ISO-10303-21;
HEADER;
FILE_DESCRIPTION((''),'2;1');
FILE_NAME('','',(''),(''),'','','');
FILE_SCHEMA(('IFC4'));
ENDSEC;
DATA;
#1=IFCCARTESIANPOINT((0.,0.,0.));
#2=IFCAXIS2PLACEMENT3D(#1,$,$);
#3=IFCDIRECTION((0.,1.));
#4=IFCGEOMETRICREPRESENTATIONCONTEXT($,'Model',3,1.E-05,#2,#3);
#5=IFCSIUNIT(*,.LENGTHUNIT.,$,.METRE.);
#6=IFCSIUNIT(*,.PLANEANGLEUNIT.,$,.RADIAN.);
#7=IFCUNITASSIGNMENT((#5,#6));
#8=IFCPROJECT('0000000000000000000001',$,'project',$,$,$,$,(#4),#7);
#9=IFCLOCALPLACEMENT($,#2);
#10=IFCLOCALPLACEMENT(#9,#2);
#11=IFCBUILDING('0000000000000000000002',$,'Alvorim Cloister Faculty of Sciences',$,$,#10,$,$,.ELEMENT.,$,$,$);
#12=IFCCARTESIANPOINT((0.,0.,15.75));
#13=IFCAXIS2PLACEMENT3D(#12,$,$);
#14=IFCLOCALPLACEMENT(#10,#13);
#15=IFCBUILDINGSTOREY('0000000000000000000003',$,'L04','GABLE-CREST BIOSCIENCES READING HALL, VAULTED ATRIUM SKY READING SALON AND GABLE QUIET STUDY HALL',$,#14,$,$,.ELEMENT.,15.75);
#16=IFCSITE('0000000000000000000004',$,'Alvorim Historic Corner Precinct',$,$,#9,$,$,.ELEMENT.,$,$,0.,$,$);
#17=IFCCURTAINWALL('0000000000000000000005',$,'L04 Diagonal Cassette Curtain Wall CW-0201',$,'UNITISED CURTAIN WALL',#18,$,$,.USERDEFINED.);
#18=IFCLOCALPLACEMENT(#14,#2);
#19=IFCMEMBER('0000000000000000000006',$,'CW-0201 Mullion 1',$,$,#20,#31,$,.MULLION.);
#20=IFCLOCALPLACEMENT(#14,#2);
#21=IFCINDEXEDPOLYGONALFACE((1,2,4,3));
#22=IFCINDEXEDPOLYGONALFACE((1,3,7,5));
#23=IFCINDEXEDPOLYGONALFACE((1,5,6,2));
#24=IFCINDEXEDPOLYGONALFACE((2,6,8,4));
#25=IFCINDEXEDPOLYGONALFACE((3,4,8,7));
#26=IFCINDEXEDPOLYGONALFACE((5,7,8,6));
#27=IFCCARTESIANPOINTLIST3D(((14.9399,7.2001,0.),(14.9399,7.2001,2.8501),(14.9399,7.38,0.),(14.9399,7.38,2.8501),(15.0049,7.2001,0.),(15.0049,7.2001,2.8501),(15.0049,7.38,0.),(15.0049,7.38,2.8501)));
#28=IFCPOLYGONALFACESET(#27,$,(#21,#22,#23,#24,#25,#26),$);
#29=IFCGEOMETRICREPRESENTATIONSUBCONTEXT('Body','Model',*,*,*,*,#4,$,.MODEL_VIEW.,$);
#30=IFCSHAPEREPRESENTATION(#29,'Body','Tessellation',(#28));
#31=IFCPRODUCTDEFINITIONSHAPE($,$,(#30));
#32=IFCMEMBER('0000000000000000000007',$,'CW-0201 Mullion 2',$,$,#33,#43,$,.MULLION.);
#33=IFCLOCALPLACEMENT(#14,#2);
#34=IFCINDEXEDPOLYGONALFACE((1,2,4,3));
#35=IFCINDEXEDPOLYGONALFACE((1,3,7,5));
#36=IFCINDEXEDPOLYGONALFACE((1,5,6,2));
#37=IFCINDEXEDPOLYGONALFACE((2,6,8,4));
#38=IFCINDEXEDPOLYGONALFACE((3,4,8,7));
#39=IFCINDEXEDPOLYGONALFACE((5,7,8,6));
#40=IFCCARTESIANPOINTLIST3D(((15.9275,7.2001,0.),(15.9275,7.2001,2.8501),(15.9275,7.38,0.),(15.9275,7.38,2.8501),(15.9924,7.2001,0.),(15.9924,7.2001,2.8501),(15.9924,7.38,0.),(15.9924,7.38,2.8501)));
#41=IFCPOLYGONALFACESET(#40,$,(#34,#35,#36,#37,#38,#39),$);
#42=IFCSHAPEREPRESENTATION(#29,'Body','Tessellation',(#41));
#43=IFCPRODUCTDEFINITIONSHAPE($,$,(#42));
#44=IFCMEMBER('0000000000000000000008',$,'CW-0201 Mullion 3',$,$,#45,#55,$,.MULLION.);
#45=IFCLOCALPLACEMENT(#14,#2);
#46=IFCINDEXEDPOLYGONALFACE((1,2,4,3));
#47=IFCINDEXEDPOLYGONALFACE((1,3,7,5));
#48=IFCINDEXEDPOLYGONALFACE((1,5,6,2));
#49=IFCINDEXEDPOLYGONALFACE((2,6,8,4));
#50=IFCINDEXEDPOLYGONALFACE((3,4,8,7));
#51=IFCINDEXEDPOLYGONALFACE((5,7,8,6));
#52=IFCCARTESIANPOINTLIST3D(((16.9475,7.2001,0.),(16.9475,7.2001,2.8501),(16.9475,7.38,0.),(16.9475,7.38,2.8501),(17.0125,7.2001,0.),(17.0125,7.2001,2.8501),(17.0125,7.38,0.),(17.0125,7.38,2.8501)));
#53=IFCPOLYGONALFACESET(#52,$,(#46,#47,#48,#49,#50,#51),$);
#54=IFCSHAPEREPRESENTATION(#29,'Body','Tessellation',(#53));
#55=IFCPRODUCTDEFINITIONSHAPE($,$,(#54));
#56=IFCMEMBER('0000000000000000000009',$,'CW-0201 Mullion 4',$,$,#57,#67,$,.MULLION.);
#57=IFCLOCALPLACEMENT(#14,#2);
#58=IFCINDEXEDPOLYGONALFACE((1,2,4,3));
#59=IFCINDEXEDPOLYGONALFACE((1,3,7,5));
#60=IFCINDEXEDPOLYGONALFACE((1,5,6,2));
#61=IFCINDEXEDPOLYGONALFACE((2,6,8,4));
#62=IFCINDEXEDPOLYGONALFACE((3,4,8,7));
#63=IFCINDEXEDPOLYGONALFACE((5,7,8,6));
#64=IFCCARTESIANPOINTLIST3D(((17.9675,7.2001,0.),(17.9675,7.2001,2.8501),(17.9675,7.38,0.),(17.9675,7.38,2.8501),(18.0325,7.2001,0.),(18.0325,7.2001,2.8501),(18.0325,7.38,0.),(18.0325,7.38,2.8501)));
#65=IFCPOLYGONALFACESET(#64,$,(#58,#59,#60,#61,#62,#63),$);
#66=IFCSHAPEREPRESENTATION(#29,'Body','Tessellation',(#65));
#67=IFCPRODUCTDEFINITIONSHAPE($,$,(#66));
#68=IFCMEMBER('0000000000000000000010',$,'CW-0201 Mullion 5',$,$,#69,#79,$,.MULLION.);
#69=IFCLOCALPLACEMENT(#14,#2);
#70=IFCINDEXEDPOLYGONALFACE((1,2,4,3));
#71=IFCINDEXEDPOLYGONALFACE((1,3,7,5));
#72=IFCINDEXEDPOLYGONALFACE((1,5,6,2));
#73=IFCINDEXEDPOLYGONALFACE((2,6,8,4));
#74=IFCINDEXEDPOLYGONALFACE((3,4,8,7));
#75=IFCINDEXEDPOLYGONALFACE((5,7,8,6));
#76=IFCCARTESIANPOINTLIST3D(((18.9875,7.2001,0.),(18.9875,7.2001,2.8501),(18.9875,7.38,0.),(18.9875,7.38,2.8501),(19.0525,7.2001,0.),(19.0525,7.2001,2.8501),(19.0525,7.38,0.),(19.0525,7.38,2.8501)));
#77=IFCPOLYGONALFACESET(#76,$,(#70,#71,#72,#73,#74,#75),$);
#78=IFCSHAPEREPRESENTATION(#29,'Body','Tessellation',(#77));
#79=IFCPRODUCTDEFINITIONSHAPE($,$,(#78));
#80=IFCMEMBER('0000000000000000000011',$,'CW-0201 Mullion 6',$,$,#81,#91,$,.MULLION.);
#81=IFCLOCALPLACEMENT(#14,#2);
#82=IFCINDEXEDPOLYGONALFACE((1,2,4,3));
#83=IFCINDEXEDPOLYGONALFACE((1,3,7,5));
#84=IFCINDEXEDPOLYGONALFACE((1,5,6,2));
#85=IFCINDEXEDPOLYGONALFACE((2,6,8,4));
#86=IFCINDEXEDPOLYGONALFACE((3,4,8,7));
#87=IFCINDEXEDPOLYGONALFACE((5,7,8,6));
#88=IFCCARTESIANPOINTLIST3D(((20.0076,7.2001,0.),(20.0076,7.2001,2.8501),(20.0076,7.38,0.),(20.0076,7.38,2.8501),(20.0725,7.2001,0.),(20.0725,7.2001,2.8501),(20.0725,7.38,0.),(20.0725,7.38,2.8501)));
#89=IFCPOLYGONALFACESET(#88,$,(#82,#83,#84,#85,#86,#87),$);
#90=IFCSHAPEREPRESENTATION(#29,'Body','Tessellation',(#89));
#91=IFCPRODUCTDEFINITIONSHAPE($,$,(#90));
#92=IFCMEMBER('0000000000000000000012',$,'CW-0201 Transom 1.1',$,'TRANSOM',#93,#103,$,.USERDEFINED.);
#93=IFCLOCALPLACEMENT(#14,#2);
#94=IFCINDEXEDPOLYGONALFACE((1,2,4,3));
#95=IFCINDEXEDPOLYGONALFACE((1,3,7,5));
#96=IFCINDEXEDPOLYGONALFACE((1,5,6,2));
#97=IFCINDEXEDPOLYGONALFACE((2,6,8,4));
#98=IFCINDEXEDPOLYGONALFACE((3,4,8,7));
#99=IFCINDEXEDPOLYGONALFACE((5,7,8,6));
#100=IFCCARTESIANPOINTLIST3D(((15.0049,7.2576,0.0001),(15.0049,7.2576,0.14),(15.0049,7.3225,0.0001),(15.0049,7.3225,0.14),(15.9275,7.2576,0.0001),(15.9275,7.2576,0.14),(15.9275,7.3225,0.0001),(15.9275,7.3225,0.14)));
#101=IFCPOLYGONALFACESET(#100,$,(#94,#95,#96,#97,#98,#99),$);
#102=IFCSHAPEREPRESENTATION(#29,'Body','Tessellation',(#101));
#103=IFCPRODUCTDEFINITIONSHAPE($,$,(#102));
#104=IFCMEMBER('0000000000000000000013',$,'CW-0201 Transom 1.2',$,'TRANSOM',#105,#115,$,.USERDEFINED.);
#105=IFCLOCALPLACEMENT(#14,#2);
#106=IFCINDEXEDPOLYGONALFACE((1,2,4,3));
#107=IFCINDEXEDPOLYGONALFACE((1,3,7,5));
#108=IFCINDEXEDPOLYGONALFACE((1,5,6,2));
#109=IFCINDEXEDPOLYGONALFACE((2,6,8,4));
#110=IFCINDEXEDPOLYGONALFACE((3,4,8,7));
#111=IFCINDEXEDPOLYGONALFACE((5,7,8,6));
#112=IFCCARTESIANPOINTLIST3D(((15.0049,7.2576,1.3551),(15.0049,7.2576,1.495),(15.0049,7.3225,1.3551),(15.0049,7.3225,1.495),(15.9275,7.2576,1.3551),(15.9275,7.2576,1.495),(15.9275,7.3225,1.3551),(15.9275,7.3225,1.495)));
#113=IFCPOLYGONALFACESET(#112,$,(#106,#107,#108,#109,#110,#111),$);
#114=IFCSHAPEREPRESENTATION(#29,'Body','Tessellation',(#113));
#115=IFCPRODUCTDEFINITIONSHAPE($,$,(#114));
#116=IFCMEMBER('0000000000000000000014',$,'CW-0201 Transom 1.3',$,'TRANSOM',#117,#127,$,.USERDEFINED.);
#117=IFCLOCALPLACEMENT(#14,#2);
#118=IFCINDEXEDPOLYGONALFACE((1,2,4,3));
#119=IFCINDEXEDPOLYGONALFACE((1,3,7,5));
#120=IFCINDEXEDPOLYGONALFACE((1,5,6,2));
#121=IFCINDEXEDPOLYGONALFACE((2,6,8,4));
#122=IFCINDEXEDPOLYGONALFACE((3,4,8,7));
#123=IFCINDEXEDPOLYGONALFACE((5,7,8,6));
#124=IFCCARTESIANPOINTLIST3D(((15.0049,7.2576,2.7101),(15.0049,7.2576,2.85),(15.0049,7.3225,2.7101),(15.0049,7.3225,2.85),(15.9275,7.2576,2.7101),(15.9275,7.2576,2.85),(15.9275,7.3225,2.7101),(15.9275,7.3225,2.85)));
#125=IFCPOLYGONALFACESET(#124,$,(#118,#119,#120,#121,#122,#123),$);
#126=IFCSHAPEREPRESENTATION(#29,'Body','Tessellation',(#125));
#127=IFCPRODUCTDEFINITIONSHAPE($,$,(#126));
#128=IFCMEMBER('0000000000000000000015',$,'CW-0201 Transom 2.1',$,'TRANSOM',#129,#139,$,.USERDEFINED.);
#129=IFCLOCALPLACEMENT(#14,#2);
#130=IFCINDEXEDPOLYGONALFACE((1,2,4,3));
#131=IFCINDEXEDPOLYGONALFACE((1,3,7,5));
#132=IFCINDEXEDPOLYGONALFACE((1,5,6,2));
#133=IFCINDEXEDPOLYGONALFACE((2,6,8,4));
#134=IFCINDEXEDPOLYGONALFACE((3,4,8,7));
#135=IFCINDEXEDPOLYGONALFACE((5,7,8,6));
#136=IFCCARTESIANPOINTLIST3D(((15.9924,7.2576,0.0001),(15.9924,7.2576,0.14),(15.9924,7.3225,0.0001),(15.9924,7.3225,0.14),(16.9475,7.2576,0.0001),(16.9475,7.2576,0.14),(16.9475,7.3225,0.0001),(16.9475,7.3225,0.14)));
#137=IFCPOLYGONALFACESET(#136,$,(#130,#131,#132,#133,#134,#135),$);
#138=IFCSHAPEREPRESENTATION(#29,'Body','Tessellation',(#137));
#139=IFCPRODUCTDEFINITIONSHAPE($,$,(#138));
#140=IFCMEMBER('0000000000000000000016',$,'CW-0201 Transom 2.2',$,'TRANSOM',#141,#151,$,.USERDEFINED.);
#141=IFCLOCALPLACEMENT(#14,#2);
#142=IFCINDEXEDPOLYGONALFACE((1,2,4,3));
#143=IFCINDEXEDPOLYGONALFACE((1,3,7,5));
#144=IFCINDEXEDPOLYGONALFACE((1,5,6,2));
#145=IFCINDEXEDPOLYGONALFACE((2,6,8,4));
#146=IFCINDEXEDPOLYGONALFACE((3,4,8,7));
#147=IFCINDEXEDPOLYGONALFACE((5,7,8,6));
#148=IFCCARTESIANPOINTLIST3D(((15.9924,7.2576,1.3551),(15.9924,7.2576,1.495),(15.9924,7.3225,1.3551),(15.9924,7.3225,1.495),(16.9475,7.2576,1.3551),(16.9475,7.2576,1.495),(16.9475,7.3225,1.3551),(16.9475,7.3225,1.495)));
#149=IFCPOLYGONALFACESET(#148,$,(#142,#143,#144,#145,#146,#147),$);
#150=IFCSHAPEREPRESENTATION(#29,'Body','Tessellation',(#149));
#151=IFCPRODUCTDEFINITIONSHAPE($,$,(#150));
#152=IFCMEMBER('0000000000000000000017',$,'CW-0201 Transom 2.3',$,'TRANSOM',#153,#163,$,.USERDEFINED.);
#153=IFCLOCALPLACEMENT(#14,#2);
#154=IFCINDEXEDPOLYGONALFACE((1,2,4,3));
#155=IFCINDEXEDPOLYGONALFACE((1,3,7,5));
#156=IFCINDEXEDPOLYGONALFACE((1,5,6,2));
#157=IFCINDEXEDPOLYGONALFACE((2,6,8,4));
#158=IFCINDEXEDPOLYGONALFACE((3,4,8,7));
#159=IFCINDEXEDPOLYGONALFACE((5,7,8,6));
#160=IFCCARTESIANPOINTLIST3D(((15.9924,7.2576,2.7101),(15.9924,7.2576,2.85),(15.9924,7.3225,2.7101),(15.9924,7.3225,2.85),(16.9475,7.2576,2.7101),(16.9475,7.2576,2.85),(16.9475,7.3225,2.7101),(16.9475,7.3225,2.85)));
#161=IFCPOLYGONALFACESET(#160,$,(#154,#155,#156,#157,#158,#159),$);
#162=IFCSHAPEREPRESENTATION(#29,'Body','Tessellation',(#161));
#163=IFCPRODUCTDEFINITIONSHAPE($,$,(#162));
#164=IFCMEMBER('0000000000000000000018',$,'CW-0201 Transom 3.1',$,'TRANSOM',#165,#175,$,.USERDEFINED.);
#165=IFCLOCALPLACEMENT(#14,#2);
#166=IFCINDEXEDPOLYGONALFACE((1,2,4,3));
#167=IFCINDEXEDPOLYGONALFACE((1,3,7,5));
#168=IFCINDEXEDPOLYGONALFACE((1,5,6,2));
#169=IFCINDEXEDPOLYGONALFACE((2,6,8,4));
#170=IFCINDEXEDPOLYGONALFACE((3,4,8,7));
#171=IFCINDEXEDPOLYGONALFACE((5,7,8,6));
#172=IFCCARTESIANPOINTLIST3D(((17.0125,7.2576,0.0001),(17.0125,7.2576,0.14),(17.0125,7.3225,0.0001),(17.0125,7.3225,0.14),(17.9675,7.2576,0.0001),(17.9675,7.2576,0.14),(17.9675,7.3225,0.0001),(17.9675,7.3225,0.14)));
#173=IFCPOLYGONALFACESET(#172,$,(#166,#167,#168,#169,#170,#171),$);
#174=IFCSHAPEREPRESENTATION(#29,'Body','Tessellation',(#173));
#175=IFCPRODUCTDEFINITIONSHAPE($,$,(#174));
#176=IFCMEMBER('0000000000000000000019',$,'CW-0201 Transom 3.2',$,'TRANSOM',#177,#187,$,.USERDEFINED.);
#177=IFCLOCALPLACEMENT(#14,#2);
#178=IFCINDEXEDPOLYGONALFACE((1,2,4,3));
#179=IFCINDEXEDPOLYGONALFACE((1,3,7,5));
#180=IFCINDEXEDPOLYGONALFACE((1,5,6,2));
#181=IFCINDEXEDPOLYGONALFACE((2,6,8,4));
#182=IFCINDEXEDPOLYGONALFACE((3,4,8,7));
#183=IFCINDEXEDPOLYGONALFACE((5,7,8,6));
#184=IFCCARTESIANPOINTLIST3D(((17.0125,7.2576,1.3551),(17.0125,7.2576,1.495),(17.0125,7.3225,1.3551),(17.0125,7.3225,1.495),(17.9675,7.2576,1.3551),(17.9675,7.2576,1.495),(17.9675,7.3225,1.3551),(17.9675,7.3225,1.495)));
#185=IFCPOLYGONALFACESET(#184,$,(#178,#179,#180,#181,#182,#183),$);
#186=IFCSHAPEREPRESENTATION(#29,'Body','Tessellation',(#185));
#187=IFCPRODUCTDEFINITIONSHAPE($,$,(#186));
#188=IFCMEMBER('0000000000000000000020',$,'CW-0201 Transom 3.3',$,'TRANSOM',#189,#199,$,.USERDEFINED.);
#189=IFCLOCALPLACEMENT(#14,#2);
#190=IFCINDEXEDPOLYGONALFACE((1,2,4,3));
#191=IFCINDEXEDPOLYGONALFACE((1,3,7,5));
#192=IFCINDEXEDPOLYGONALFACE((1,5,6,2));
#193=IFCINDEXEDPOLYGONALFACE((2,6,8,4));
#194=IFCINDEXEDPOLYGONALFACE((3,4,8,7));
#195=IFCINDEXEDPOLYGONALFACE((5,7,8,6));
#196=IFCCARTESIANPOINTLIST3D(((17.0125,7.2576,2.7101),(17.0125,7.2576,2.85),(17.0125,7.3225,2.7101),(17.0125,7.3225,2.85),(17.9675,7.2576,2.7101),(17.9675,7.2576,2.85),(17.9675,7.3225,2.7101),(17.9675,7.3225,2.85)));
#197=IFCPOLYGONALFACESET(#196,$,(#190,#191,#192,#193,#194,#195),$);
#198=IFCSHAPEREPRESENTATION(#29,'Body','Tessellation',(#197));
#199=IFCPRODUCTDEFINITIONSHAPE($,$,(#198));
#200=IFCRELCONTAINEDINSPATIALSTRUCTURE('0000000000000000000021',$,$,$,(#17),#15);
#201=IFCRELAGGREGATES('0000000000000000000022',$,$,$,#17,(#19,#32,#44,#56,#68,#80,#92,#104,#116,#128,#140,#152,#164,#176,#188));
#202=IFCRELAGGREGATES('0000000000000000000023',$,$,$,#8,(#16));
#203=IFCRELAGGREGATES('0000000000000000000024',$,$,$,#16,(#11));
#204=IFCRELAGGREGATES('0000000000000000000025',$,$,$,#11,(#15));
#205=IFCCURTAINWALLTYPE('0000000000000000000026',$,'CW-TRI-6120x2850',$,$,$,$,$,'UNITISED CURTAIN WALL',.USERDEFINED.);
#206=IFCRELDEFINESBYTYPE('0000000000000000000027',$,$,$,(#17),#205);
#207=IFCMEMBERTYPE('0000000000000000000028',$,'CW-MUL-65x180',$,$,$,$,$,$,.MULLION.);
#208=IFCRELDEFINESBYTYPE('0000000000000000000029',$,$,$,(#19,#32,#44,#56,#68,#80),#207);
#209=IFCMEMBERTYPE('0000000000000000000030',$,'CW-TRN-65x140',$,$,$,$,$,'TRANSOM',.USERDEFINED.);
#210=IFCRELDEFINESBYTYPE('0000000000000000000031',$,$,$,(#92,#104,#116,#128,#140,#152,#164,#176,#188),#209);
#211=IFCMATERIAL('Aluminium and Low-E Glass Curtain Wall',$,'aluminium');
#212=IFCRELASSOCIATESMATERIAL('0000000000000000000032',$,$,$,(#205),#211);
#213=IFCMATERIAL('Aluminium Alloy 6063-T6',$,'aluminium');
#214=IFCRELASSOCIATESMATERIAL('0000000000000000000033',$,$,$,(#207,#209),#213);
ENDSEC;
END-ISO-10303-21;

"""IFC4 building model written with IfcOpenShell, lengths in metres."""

from ifc_helpers import new_model, si_unit, direction, frame, origin, origin_2d, place, context, subcontext, project, spatial, rectangle, extrude, material, material_profile, profile_set, type_object, element, aggregate, save


model = new_model("IFC4")

# Units and contexts
model_context = context("Model", 3, precision=1e-05, world=origin(), true_north=direction((0.0, 1.0)))
body_context = subcontext(model_context, "Body", "Model", "MODEL_VIEW")
ifc_project = project(units=[si_unit("LENGTHUNIT", "METRE"), si_unit("PLANEANGLEUNIT", "RADIAN")], contexts=[model_context])

# Site, building, storey
site_placement = place(None, origin())
site = spatial("IfcSite", under=ifc_project, at=site_placement, Name="Alvorim Historic Corner Precinct", CompositionType="ELEMENT", RefElevation=0.0)
building_placement = place(site_placement, origin())
building = spatial("IfcBuilding", under=site, at=building_placement, Name="Alvorim Cloister Faculty of Sciences", CompositionType="ELEMENT")
storey_placement = place(building_placement, frame((0.0, 0.0, 15.75)))
storey = spatial("IfcBuildingStorey", under=building, at=storey_placement, Name="L04", Description="GABLE-CREST BIOSCIENCES READING HALL, VAULTED ATRIUM SKY READING SALON AND GABLE QUIET STUDY HALL", CompositionType="ELEMENT", Elevation=15.75)

# Curtain wall, members
ifc_material_1 = material(Name="Aluminium and Low-E Glass Curtain Wall", Category="aluminium")
curtain_wall_type = type_object("IfcCurtainWallType", Name="CW-TRI-6120x2850", ElementType="UNITISED CURTAIN WALL", PredefinedType="USERDEFINED", material=ifc_material_1)
curtain_wall_placement = place(storey_placement, origin())
curtain_wall = element("IfcCurtainWall", 1, at=curtain_wall_placement, inside=storey, type_object=curtain_wall_type, Name="L04 Diagonal Cassette Curtain Wall CW-0201", ObjectType="UNITISED CURTAIN WALL", PredefinedType="USERDEFINED")
ifc_material_2 = material(Name="Aluminium Alloy 6063-T6", Category="aluminium")
ifc_material_profile_1 = material_profile(ifc_material_2, rectangle(XDim=0.0649, YDim=0.1799, at=origin_2d()), Name="ALU-MUL-65x180")
ifc_profile_set_1 = profile_set([ifc_material_profile_1], Name="Aluminium Alloy 6063-T6")
member_type_1 = type_object("IfcMemberType", Name="CW-MUL-65x180", PredefinedType="MULLION", material=ifc_profile_set_1)
member_1_placement = place(storey_placement, frame((14.9724, 7.29, 0.0), z_axis=(0.0, 0.0, 1.0), x_axis=(1.0, 0.0, 0.0)))
member_1 = element("IfcMember", 2, at=member_1_placement, type_object=member_type_1, Name="CW-0201 Mullion 1", PredefinedType="MULLION", context=body_context, shape_type="SweptSolid", body=[
    extrude(rectangle(XDim=0.0649, YDim=0.1799, at=origin_2d()), origin(), (0.0, 0.0, 1.0), 2.8501),
])
member_2_placement = place(storey_placement, frame((15.96, 7.29, 0.0), z_axis=(0.0, 0.0, 1.0), x_axis=(1.0, 0.0, 0.0)))
member_2 = element("IfcMember", 3, at=member_2_placement, type_object=member_type_1, Name="CW-0201 Mullion 2", PredefinedType="MULLION", context=body_context, shape_type="SweptSolid", body=[
    extrude(rectangle(XDim=0.0649, YDim=0.1799, at=origin_2d()), origin(), (0.0, 0.0, 1.0), 2.8501),
])
member_3_placement = place(storey_placement, frame((16.98, 7.29, 0.0), z_axis=(0.0, 0.0, 1.0), x_axis=(1.0, 0.0, 0.0)))
member_3 = element("IfcMember", 4, at=member_3_placement, type_object=member_type_1, Name="CW-0201 Mullion 3", PredefinedType="MULLION", context=body_context, shape_type="SweptSolid", body=[
    extrude(rectangle(XDim=0.0649, YDim=0.1799, at=origin_2d()), origin(), (0.0, 0.0, 1.0), 2.8501),
])
member_4_placement = place(storey_placement, frame((18.0, 7.29, 0.0), z_axis=(0.0, 0.0, 1.0), x_axis=(1.0, 0.0, 0.0)))
member_4 = element("IfcMember", 5, at=member_4_placement, type_object=member_type_1, Name="CW-0201 Mullion 4", PredefinedType="MULLION", context=body_context, shape_type="SweptSolid", body=[
    extrude(rectangle(XDim=0.0649, YDim=0.1799, at=origin_2d()), origin(), (0.0, 0.0, 1.0), 2.8501),
])
member_5_placement = place(storey_placement, frame((19.02, 7.29, 0.0), z_axis=(0.0, 0.0, 1.0), x_axis=(1.0, 0.0, 0.0)))
member_5 = element("IfcMember", 6, at=member_5_placement, type_object=member_type_1, Name="CW-0201 Mullion 5", PredefinedType="MULLION", context=body_context, shape_type="SweptSolid", body=[
    extrude(rectangle(XDim=0.0649, YDim=0.1799, at=origin_2d()), origin(), (0.0, 0.0, 1.0), 2.8501),
])
member_6_placement = place(storey_placement, frame((20.04, 7.29, 0.0), z_axis=(0.0, 0.0, 1.0), x_axis=(1.0, 0.0, 0.0)))
member_6 = element("IfcMember", 7, at=member_6_placement, type_object=member_type_1, Name="CW-0201 Mullion 6", PredefinedType="MULLION", context=body_context, shape_type="SweptSolid", body=[
    extrude(rectangle(XDim=0.0649, YDim=0.1799, at=origin_2d()), origin(), (0.0, 0.0, 1.0), 2.8501),
])
ifc_material_profile_2 = material_profile(ifc_material_2, rectangle(XDim=0.0649, YDim=0.1399, at=origin_2d()), Name="ALU-TRN-65x140")
ifc_profile_set_2 = profile_set([ifc_material_profile_2], Name="Aluminium Alloy 6063-T6")
member_type_2 = type_object("IfcMemberType", Name="CW-TRN-65x140", ElementType="TRANSOM", PredefinedType="USERDEFINED", material=ifc_profile_set_2)
member_7_placement = place(storey_placement, frame((15.0049, 7.29, 0.0701), z_axis=(1.0, 0.0, 0.0), x_axis=(0.0, 1.0, 0.0)))
member_7 = element("IfcMember", 8, at=member_7_placement, type_object=member_type_2, Name="CW-0201 Transom 1.1", ObjectType="TRANSOM", PredefinedType="USERDEFINED", context=body_context, shape_type="SweptSolid", body=[
    extrude(rectangle(XDim=0.0649, YDim=0.1399, at=origin_2d()), origin(), (0.0, 0.0, 1.0), 0.9226),
])
member_8_placement = place(storey_placement, frame((15.0049, 7.29, 1.425), z_axis=(1.0, 0.0, 0.0), x_axis=(0.0, 1.0, 0.0)))
member_8 = element("IfcMember", 9, at=member_8_placement, type_object=member_type_2, Name="CW-0201 Transom 1.2", ObjectType="TRANSOM", PredefinedType="USERDEFINED", context=body_context, shape_type="SweptSolid", body=[
    extrude(rectangle(XDim=0.0649, YDim=0.1399, at=origin_2d()), origin(), (0.0, 0.0, 1.0), 0.9226),
])
member_9_placement = place(storey_placement, frame((15.0049, 7.29, 2.78), z_axis=(1.0, 0.0, 0.0), x_axis=(0.0, 1.0, 0.0)))
member_9 = element("IfcMember", 10, at=member_9_placement, type_object=member_type_2, Name="CW-0201 Transom 1.3", ObjectType="TRANSOM", PredefinedType="USERDEFINED", context=body_context, shape_type="SweptSolid", body=[
    extrude(rectangle(XDim=0.0649, YDim=0.1399, at=origin_2d()), origin(), (0.0, 0.0, 1.0), 0.9226),
])
member_10_placement = place(storey_placement, frame((15.9924, 7.29, 0.0701), z_axis=(1.0, 0.0, 0.0), x_axis=(0.0, 1.0, 0.0)))
member_10 = element("IfcMember", 11, at=member_10_placement, type_object=member_type_2, Name="CW-0201 Transom 2.1", ObjectType="TRANSOM", PredefinedType="USERDEFINED", context=body_context, shape_type="SweptSolid", body=[
    extrude(rectangle(XDim=0.0649, YDim=0.1399, at=origin_2d()), origin(), (0.0, 0.0, 1.0), 0.9551),
])
member_11_placement = place(storey_placement, frame((15.9924, 7.29, 1.425), z_axis=(1.0, 0.0, 0.0), x_axis=(0.0, 1.0, 0.0)))
member_11 = element("IfcMember", 12, at=member_11_placement, type_object=member_type_2, Name="CW-0201 Transom 2.2", ObjectType="TRANSOM", PredefinedType="USERDEFINED", context=body_context, shape_type="SweptSolid", body=[
    extrude(rectangle(XDim=0.0649, YDim=0.1399, at=origin_2d()), origin(), (0.0, 0.0, 1.0), 0.9551),
])
member_12_placement = place(storey_placement, frame((15.9924, 7.29, 2.78), z_axis=(1.0, 0.0, 0.0), x_axis=(0.0, 1.0, 0.0)))
member_12 = element("IfcMember", 13, at=member_12_placement, type_object=member_type_2, Name="CW-0201 Transom 2.3", ObjectType="TRANSOM", PredefinedType="USERDEFINED", context=body_context, shape_type="SweptSolid", body=[
    extrude(rectangle(XDim=0.0649, YDim=0.1399, at=origin_2d()), origin(), (0.0, 0.0, 1.0), 0.9551),
])
member_13_placement = place(storey_placement, frame((17.0125, 7.29, 0.0701), z_axis=(1.0, 0.0, 0.0), x_axis=(0.0, 1.0, 0.0)))
member_13 = element("IfcMember", 14, at=member_13_placement, type_object=member_type_2, Name="CW-0201 Transom 3.1", ObjectType="TRANSOM", PredefinedType="USERDEFINED", context=body_context, shape_type="SweptSolid", body=[
    extrude(rectangle(XDim=0.0649, YDim=0.1399, at=origin_2d()), origin(), (0.0, 0.0, 1.0), 0.9551),
])
member_14_placement = place(storey_placement, frame((17.0125, 7.29, 1.425), z_axis=(1.0, 0.0, 0.0), x_axis=(0.0, 1.0, 0.0)))
member_14 = element("IfcMember", 15, at=member_14_placement, type_object=member_type_2, Name="CW-0201 Transom 3.2", ObjectType="TRANSOM", PredefinedType="USERDEFINED", context=body_context, shape_type="SweptSolid", body=[
    extrude(rectangle(XDim=0.0649, YDim=0.1399, at=origin_2d()), origin(), (0.0, 0.0, 1.0), 0.9551),
])
member_15_placement = place(storey_placement, frame((17.0125, 7.29, 2.78), z_axis=(1.0, 0.0, 0.0), x_axis=(0.0, 1.0, 0.0)))
member_15 = element("IfcMember", 16, at=member_15_placement, type_object=member_type_2, Name="CW-0201 Transom 3.3", ObjectType="TRANSOM", PredefinedType="USERDEFINED", context=body_context, shape_type="SweptSolid", body=[
    extrude(rectangle(XDim=0.0649, YDim=0.1399, at=origin_2d()), origin(), (0.0, 0.0, 1.0), 0.9551),
])
aggregate(curtain_wall, [member_1, member_2, member_3, member_4, member_5, member_6, member_7, member_8, member_9, member_10, member_11, member_12, member_13, member_14, member_15])

save(model, "model.ifc")
